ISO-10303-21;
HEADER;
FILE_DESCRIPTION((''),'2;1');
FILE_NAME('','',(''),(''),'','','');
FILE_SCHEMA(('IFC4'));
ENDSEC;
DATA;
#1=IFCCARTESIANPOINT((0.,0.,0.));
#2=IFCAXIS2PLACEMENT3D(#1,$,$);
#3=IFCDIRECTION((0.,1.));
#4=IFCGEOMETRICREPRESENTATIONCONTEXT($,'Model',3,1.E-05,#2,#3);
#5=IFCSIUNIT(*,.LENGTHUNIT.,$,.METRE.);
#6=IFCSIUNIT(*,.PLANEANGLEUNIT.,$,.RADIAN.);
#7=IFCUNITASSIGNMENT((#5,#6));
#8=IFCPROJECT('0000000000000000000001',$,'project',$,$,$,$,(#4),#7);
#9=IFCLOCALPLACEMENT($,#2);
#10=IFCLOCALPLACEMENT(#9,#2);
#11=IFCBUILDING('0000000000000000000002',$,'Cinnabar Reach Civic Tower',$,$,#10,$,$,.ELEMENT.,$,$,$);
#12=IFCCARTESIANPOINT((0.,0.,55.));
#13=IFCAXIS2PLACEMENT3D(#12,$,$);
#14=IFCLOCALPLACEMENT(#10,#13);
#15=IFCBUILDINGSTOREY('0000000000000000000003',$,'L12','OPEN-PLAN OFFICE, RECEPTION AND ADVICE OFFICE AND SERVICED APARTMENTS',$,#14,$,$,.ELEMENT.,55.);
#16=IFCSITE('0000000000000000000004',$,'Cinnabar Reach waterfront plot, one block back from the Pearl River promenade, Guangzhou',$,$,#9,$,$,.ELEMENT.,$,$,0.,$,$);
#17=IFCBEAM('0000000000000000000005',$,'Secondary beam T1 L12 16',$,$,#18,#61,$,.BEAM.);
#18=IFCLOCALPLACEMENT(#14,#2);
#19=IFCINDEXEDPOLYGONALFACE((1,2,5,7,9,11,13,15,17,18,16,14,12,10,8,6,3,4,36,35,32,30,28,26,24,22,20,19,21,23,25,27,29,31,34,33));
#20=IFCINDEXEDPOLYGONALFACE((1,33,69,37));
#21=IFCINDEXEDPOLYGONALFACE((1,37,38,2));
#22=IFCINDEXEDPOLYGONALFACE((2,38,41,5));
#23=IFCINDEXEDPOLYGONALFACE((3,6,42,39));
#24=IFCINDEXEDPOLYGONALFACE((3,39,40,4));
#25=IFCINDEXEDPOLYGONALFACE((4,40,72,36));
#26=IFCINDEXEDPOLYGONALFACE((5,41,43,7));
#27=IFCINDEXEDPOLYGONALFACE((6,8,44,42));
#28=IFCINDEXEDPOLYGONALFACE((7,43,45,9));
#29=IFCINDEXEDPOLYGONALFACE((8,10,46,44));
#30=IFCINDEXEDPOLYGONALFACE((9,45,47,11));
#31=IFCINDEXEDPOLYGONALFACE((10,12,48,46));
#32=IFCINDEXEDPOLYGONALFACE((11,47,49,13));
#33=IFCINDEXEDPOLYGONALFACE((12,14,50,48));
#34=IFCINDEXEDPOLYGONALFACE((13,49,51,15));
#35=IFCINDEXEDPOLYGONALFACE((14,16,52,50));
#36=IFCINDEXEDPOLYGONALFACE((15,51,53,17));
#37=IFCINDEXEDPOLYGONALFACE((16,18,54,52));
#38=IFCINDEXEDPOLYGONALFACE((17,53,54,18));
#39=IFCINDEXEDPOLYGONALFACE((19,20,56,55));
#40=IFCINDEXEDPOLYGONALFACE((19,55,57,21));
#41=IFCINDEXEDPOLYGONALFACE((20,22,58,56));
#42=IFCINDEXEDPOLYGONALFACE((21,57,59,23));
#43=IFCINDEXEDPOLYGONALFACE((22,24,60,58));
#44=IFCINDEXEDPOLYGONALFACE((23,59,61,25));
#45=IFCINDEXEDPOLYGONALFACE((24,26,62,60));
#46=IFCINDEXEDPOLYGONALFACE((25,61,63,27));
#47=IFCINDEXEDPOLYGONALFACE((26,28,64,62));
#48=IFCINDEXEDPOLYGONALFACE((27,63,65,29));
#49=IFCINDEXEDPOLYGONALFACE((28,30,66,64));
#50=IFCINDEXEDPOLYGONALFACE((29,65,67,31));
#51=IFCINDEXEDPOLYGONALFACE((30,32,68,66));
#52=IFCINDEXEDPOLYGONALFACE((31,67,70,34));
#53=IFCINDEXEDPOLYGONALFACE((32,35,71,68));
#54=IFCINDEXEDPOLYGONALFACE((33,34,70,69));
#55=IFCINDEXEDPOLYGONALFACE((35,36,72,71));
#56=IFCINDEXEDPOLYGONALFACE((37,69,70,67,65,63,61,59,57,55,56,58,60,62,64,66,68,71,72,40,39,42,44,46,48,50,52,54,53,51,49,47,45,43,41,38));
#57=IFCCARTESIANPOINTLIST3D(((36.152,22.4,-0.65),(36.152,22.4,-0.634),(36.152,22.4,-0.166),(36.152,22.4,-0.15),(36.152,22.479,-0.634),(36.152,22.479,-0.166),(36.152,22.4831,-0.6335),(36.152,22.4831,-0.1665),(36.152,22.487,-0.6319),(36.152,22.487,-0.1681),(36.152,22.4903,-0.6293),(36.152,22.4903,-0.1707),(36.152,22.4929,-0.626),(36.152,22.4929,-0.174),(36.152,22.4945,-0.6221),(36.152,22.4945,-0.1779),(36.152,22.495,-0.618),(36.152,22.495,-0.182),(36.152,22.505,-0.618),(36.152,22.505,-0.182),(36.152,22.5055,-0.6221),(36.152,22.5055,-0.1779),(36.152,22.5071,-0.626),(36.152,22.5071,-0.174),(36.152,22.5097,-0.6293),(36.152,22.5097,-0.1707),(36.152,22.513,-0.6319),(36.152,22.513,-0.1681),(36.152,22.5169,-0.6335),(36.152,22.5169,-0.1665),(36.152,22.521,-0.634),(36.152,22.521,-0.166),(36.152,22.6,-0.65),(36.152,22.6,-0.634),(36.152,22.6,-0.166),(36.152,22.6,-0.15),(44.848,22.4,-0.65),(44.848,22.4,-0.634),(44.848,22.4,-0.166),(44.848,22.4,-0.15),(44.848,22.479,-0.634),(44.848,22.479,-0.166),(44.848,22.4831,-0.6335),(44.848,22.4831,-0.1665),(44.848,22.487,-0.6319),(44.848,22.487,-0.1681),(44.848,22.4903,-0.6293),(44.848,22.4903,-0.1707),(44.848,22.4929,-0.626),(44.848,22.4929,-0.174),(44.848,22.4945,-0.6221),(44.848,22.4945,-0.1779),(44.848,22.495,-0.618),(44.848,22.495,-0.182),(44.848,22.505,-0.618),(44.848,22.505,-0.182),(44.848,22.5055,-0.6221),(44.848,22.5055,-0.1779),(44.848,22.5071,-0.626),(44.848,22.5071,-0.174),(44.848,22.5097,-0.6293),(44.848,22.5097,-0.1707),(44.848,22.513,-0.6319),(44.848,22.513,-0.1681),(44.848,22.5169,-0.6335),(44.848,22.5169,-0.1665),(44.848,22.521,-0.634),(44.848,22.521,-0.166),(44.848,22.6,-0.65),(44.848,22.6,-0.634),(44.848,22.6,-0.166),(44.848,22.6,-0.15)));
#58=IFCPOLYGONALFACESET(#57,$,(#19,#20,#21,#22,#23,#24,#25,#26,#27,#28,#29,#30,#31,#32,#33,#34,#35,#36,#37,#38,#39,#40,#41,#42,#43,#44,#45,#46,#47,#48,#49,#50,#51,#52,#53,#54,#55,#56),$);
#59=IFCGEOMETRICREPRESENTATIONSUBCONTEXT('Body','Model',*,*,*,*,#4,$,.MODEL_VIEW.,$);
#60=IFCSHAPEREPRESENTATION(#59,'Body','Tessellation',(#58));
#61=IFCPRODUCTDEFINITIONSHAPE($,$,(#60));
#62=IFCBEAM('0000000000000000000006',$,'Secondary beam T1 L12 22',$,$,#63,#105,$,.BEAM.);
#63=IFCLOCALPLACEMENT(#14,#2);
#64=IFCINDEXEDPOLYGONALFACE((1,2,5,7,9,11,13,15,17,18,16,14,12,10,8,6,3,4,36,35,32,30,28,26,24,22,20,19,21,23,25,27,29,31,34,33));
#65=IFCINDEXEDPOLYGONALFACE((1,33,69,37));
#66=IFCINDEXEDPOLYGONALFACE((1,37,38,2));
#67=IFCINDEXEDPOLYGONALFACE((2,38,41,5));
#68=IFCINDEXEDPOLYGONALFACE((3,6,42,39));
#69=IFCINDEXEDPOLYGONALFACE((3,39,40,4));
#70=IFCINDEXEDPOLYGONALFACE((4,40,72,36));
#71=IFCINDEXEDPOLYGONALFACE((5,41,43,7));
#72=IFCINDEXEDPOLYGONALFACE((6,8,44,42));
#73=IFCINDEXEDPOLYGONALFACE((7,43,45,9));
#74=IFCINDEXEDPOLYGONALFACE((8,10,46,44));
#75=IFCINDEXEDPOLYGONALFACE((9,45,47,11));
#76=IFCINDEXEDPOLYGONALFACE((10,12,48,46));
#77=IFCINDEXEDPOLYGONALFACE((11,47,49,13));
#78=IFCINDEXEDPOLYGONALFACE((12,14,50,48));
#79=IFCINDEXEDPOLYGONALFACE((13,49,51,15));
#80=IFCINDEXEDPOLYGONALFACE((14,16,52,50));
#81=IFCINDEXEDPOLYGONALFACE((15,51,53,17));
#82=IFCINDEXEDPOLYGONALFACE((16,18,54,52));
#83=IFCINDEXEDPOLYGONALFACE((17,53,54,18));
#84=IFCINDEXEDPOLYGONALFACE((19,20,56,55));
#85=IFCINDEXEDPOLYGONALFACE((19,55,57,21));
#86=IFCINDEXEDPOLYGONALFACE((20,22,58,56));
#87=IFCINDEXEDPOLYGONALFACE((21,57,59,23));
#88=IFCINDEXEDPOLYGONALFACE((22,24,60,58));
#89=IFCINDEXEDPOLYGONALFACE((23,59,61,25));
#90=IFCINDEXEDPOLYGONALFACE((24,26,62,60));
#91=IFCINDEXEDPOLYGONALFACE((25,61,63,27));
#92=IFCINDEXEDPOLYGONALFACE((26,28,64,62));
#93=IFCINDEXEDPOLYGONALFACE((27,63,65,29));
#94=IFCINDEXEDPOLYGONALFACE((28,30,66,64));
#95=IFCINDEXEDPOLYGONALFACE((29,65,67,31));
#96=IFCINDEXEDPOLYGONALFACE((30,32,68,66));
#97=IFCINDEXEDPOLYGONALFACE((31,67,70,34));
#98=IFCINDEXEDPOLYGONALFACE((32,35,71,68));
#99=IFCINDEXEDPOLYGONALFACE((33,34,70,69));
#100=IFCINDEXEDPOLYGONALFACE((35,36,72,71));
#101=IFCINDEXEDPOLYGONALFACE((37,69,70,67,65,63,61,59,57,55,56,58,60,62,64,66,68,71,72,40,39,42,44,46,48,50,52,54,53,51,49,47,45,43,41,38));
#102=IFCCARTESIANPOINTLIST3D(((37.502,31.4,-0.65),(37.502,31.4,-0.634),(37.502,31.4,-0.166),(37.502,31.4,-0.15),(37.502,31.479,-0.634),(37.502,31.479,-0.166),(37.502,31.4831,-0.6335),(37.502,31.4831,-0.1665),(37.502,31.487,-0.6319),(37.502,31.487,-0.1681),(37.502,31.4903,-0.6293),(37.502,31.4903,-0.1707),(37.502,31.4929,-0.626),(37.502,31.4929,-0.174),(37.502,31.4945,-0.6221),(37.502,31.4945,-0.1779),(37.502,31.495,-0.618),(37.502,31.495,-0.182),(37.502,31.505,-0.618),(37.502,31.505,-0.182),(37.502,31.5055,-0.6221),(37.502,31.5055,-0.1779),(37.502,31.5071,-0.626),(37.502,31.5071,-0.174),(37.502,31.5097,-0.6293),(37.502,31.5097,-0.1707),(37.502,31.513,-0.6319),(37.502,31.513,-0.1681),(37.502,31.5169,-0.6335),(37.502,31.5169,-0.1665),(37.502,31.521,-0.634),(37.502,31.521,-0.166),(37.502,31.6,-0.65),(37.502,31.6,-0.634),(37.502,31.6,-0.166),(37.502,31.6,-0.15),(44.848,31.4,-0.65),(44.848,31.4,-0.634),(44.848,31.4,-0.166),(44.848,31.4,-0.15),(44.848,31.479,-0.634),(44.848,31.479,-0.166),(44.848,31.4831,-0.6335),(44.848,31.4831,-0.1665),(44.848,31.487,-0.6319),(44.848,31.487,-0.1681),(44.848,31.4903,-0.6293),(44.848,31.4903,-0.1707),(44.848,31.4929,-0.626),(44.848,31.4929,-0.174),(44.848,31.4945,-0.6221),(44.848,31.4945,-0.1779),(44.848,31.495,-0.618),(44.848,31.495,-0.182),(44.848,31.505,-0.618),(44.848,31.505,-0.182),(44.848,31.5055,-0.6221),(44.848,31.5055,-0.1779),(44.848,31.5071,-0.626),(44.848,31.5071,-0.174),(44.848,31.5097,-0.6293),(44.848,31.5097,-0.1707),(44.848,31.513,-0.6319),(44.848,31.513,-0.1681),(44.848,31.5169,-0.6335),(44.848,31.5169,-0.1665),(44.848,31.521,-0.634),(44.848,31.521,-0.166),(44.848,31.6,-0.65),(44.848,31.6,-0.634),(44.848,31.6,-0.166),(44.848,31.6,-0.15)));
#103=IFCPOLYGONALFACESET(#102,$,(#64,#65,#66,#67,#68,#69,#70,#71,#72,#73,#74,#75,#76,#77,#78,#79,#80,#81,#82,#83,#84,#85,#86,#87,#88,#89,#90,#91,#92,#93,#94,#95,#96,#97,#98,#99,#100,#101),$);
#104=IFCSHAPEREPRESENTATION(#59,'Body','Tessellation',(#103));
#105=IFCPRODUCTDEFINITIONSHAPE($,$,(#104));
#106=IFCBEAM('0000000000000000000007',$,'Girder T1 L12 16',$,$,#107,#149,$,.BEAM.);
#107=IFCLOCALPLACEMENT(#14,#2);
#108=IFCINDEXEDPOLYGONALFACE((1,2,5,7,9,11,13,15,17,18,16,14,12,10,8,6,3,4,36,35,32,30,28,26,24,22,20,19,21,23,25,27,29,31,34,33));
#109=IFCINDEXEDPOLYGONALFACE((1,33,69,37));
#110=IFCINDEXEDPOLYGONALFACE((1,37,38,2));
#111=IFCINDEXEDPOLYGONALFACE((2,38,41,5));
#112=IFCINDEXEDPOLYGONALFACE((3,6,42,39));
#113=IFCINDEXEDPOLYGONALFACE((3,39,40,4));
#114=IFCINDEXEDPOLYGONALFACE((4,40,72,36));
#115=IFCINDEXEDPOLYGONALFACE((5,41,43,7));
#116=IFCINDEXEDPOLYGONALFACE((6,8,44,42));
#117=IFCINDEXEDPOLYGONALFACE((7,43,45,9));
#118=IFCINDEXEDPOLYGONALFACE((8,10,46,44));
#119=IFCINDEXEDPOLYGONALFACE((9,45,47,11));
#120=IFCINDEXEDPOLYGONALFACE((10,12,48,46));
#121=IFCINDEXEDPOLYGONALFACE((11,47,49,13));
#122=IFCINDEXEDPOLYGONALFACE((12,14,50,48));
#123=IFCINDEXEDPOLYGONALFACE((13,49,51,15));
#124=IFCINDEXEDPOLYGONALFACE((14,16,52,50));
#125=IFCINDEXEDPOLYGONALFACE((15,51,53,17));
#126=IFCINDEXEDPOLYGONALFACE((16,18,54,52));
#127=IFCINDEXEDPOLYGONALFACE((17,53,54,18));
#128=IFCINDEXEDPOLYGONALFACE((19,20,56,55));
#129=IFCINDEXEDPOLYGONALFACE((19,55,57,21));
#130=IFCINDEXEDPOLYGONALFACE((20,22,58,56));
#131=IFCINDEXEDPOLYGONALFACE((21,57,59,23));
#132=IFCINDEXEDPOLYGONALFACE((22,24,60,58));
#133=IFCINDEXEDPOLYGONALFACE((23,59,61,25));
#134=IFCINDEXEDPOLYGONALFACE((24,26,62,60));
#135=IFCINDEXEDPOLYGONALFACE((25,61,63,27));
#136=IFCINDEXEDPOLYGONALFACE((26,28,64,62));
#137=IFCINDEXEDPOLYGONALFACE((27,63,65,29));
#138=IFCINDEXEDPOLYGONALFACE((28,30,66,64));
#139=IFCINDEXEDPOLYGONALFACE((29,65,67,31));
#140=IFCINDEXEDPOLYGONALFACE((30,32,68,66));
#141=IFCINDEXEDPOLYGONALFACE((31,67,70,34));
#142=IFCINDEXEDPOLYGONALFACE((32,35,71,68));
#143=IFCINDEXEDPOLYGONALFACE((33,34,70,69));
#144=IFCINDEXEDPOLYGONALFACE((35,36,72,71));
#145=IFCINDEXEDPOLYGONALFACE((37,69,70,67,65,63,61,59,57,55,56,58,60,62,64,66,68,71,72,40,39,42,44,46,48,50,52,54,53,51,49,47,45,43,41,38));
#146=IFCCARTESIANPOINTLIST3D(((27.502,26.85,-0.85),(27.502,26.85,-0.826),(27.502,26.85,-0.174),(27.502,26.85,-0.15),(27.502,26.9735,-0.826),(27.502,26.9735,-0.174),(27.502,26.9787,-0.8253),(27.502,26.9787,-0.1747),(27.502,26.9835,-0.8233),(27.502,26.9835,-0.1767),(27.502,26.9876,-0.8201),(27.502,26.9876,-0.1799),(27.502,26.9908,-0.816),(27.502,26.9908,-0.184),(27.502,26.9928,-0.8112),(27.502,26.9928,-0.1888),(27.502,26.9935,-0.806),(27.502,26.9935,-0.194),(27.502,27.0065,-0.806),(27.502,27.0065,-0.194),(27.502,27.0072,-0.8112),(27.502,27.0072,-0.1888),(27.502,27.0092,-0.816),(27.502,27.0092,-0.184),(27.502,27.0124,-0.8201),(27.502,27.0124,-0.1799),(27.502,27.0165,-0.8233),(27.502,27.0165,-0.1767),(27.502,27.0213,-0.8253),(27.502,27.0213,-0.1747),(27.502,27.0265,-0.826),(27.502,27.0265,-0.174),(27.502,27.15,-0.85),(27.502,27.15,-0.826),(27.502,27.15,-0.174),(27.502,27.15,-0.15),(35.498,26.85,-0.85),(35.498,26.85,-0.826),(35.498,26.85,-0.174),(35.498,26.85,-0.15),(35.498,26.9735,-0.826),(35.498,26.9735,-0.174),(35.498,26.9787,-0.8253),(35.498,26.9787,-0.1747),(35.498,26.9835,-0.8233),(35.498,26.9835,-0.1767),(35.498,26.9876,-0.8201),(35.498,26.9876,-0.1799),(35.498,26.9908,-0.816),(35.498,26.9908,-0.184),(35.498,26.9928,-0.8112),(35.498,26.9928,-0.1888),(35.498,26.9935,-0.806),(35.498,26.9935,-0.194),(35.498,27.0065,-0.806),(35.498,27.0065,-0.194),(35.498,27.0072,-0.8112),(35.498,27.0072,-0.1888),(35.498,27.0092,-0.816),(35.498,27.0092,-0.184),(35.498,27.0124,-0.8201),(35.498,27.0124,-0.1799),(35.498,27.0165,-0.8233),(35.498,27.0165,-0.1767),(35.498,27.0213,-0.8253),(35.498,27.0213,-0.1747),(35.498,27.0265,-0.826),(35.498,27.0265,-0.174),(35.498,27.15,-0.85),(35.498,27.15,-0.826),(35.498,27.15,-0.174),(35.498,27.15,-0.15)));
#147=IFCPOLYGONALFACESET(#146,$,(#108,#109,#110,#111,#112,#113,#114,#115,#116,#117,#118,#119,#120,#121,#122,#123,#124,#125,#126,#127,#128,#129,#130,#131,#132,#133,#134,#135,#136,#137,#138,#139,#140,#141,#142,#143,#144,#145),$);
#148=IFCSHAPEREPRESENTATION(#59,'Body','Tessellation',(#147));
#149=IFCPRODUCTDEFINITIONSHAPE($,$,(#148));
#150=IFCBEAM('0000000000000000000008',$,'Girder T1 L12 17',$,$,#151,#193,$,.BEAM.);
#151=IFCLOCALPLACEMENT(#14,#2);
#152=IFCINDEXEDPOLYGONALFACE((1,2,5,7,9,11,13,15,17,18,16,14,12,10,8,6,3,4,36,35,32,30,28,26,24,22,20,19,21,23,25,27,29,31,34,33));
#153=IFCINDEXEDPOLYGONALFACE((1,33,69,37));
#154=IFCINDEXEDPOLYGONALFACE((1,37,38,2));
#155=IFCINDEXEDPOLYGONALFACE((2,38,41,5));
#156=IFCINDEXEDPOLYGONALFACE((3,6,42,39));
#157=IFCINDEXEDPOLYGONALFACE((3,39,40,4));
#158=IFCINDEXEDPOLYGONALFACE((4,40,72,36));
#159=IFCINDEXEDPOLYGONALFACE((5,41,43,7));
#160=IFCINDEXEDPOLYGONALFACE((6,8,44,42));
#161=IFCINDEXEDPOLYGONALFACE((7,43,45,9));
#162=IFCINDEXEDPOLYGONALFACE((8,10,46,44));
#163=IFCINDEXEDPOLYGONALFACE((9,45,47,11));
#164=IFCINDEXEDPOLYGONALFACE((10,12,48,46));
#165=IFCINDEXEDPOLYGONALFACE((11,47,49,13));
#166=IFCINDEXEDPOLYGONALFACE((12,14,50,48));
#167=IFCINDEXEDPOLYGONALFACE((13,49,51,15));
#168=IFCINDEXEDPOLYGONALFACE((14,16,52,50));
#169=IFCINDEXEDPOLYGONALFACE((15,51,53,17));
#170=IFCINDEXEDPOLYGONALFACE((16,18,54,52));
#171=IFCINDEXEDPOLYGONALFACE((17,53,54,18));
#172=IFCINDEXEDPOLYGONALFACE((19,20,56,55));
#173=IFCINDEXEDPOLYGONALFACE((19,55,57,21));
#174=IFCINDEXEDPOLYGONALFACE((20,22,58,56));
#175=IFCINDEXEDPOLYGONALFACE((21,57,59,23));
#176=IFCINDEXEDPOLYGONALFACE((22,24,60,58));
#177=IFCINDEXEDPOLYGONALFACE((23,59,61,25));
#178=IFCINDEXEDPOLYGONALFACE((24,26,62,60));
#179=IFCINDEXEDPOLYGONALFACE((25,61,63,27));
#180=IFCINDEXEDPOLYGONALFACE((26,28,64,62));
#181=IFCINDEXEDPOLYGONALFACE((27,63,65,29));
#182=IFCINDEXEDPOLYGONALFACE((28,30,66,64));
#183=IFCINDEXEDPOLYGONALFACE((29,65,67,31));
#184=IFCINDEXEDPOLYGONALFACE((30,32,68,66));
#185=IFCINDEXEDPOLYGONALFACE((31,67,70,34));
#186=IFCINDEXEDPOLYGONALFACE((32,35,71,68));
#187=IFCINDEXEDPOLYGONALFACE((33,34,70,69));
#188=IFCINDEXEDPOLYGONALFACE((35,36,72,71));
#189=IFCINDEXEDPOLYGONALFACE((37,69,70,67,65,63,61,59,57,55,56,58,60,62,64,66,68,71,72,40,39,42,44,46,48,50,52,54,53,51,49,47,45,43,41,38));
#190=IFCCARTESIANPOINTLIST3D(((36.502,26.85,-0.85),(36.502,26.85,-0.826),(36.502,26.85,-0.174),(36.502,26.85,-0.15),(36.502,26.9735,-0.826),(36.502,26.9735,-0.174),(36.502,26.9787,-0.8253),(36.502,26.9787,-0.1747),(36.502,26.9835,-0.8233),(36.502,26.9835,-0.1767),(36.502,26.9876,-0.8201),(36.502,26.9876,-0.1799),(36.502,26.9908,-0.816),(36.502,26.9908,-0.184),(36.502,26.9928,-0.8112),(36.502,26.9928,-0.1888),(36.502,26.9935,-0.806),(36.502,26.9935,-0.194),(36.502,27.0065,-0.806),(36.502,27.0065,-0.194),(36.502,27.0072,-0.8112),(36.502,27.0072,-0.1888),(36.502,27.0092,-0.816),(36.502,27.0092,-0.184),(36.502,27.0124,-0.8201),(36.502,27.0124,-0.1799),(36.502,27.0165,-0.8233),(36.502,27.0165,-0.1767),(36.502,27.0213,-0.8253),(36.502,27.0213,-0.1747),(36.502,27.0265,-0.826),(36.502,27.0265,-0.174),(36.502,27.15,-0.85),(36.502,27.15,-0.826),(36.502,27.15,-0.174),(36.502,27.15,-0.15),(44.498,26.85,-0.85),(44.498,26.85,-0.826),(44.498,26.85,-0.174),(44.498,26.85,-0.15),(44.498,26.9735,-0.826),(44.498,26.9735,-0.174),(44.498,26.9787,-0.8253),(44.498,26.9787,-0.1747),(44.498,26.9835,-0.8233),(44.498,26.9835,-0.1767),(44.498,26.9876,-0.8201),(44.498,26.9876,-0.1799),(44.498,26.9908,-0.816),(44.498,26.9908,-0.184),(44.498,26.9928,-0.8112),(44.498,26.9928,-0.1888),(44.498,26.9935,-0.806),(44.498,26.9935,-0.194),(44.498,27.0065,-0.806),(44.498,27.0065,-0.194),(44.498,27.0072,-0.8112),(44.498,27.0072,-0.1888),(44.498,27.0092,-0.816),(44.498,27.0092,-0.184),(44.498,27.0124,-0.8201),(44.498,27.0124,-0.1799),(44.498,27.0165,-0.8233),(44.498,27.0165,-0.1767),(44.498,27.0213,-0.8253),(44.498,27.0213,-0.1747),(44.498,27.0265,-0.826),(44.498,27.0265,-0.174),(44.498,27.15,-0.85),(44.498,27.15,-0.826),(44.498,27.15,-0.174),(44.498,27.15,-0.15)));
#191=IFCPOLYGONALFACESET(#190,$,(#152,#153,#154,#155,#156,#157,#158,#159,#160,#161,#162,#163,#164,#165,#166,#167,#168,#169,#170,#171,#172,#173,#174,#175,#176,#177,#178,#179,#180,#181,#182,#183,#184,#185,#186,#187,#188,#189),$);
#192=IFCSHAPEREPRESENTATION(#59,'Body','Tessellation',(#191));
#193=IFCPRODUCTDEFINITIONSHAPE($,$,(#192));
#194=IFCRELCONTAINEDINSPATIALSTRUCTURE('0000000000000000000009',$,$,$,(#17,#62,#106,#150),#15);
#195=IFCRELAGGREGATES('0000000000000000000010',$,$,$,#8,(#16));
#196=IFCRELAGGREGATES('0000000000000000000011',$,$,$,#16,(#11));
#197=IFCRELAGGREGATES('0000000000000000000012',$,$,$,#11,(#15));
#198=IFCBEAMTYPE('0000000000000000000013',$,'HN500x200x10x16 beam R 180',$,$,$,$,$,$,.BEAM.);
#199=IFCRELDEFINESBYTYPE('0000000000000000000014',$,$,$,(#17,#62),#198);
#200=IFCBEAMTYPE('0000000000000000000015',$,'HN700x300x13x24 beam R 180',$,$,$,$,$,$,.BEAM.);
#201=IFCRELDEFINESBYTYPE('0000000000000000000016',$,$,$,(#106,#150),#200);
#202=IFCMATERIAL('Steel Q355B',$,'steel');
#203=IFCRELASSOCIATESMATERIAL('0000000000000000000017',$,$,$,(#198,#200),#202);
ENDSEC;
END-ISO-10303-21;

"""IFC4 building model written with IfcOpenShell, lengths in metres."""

from ifc_helpers import new_model, si_unit, direction, frame, origin, origin_2d, place, context, subcontext, project, spatial, i_section, extrude, material, material_profile, profile_set, type_object, element, save


model = new_model("IFC4")

# Units and contexts
model_context = context("Model", 3, precision=1e-05, world=origin(), true_north=direction((0.0, 1.0)))
body_context = subcontext(model_context, "Body", "Model", "MODEL_VIEW")
ifc_project = project(units=[si_unit("LENGTHUNIT", "METRE"), si_unit("PLANEANGLEUNIT", "RADIAN")], contexts=[model_context])

# Site, building, storey
site_placement = place(None, origin())
site = spatial("IfcSite", under=ifc_project, at=site_placement, Name="Cinnabar Reach waterfront plot, one block back from the Pearl River promenade, Guangzhou", CompositionType="ELEMENT", RefElevation=0.0)
building_placement = place(site_placement, origin())
building = spatial("IfcBuilding", under=site, at=building_placement, Name="Cinnabar Reach Civic Tower", CompositionType="ELEMENT")
storey_placement = place(building_placement, frame((0.0, 0.0, 55.0)))
storey = spatial("IfcBuildingStorey", under=building, at=storey_placement, Name="L12", Description="OPEN-PLAN OFFICE, RECEPTION AND ADVICE OFFICE AND SERVICED APARTMENTS", CompositionType="ELEMENT", Elevation=55.0)

# Beams
ifc_material_1 = material(Name="Steel Q355B", Category="steel")
ifc_material_profile_1 = material_profile(ifc_material_1, i_section(OverallWidth=0.2, OverallDepth=0.5, WebThickness=0.01, FlangeThickness=0.016, FilletRadius=0.016, at=origin_2d()), Name="HN500x200x10x16")
ifc_profile_set_1 = profile_set([ifc_material_profile_1], Name="Steel Q355B")
beam_type_1 = type_object("IfcBeamType", Name="HN500x200x10x16 beam R 180", PredefinedType="BEAM", material=ifc_profile_set_1)
for number, where, z_axis, x_axis, name in (
    (1, (36.152, 22.5, -0.4), (1.0, 0.0, 0.0), (0.0, 1.0, 0.0), "Secondary beam T1 L12 16"),
):
    element("IfcBeam", number, at=place(storey_placement, frame(where, z_axis=z_axis, x_axis=x_axis)), inside=storey, type_object=beam_type_1, Name=name, PredefinedType="BEAM", context=body_context, shape_type="SweptSolid", body=[
        extrude(i_section(OverallWidth=0.2, OverallDepth=0.5, WebThickness=0.01, FlangeThickness=0.016, FilletRadius=0.016, at=origin_2d()), origin(), (0.0, 0.0, 1.0), 8.696),
    ])
beam_1_placement = place(storey_placement, frame((37.502, 31.5, -0.4), z_axis=(1.0, 0.0, 0.0), x_axis=(0.0, 1.0, 0.0)))
element("IfcBeam", 2, at=beam_1_placement, inside=storey, type_object=beam_type_1, Name="Secondary beam T1 L12 22", PredefinedType="BEAM", context=body_context, shape_type="SweptSolid", body=[
    extrude(i_section(OverallWidth=0.2, OverallDepth=0.5, WebThickness=0.01, FlangeThickness=0.016, FilletRadius=0.016, at=origin_2d()), origin(), (0.0, 0.0, 1.0), 7.346),
])
ifc_material_profile_2 = material_profile(ifc_material_1, i_section(OverallWidth=0.3, OverallDepth=0.7, WebThickness=0.013, FlangeThickness=0.024, FilletRadius=0.02, at=origin_2d()), Name="HN700x300x13x24")
ifc_profile_set_2 = profile_set([ifc_material_profile_2], Name="Steel Q355B")
beam_type_2 = type_object("IfcBeamType", Name="HN700x300x13x24 beam R 180", PredefinedType="BEAM", material=ifc_profile_set_2)
for number, where, z_axis, x_axis, name in (
    (3, (27.502, 27.0, -0.5), (1.0, 0.0, 0.0), (0.0, 1.0, 0.0), "Girder T1 L12 16"),
    (4, (36.502, 27.0, -0.5), (1.0, 0.0, 0.0), (0.0, 1.0, 0.0), "Girder T1 L12 17"),
):
    element("IfcBeam", number, at=place(storey_placement, frame(where, z_axis=z_axis, x_axis=x_axis)), inside=storey, type_object=beam_type_2, Name=name, PredefinedType="BEAM", context=body_context, shape_type="SweptSolid", body=[
        extrude(i_section(OverallWidth=0.3, OverallDepth=0.7, WebThickness=0.013, FlangeThickness=0.024, FilletRadius=0.02, at=origin_2d()), origin(), (0.0, 0.0, 1.0), 7.996),
    ])

save(model, "model.ifc")
